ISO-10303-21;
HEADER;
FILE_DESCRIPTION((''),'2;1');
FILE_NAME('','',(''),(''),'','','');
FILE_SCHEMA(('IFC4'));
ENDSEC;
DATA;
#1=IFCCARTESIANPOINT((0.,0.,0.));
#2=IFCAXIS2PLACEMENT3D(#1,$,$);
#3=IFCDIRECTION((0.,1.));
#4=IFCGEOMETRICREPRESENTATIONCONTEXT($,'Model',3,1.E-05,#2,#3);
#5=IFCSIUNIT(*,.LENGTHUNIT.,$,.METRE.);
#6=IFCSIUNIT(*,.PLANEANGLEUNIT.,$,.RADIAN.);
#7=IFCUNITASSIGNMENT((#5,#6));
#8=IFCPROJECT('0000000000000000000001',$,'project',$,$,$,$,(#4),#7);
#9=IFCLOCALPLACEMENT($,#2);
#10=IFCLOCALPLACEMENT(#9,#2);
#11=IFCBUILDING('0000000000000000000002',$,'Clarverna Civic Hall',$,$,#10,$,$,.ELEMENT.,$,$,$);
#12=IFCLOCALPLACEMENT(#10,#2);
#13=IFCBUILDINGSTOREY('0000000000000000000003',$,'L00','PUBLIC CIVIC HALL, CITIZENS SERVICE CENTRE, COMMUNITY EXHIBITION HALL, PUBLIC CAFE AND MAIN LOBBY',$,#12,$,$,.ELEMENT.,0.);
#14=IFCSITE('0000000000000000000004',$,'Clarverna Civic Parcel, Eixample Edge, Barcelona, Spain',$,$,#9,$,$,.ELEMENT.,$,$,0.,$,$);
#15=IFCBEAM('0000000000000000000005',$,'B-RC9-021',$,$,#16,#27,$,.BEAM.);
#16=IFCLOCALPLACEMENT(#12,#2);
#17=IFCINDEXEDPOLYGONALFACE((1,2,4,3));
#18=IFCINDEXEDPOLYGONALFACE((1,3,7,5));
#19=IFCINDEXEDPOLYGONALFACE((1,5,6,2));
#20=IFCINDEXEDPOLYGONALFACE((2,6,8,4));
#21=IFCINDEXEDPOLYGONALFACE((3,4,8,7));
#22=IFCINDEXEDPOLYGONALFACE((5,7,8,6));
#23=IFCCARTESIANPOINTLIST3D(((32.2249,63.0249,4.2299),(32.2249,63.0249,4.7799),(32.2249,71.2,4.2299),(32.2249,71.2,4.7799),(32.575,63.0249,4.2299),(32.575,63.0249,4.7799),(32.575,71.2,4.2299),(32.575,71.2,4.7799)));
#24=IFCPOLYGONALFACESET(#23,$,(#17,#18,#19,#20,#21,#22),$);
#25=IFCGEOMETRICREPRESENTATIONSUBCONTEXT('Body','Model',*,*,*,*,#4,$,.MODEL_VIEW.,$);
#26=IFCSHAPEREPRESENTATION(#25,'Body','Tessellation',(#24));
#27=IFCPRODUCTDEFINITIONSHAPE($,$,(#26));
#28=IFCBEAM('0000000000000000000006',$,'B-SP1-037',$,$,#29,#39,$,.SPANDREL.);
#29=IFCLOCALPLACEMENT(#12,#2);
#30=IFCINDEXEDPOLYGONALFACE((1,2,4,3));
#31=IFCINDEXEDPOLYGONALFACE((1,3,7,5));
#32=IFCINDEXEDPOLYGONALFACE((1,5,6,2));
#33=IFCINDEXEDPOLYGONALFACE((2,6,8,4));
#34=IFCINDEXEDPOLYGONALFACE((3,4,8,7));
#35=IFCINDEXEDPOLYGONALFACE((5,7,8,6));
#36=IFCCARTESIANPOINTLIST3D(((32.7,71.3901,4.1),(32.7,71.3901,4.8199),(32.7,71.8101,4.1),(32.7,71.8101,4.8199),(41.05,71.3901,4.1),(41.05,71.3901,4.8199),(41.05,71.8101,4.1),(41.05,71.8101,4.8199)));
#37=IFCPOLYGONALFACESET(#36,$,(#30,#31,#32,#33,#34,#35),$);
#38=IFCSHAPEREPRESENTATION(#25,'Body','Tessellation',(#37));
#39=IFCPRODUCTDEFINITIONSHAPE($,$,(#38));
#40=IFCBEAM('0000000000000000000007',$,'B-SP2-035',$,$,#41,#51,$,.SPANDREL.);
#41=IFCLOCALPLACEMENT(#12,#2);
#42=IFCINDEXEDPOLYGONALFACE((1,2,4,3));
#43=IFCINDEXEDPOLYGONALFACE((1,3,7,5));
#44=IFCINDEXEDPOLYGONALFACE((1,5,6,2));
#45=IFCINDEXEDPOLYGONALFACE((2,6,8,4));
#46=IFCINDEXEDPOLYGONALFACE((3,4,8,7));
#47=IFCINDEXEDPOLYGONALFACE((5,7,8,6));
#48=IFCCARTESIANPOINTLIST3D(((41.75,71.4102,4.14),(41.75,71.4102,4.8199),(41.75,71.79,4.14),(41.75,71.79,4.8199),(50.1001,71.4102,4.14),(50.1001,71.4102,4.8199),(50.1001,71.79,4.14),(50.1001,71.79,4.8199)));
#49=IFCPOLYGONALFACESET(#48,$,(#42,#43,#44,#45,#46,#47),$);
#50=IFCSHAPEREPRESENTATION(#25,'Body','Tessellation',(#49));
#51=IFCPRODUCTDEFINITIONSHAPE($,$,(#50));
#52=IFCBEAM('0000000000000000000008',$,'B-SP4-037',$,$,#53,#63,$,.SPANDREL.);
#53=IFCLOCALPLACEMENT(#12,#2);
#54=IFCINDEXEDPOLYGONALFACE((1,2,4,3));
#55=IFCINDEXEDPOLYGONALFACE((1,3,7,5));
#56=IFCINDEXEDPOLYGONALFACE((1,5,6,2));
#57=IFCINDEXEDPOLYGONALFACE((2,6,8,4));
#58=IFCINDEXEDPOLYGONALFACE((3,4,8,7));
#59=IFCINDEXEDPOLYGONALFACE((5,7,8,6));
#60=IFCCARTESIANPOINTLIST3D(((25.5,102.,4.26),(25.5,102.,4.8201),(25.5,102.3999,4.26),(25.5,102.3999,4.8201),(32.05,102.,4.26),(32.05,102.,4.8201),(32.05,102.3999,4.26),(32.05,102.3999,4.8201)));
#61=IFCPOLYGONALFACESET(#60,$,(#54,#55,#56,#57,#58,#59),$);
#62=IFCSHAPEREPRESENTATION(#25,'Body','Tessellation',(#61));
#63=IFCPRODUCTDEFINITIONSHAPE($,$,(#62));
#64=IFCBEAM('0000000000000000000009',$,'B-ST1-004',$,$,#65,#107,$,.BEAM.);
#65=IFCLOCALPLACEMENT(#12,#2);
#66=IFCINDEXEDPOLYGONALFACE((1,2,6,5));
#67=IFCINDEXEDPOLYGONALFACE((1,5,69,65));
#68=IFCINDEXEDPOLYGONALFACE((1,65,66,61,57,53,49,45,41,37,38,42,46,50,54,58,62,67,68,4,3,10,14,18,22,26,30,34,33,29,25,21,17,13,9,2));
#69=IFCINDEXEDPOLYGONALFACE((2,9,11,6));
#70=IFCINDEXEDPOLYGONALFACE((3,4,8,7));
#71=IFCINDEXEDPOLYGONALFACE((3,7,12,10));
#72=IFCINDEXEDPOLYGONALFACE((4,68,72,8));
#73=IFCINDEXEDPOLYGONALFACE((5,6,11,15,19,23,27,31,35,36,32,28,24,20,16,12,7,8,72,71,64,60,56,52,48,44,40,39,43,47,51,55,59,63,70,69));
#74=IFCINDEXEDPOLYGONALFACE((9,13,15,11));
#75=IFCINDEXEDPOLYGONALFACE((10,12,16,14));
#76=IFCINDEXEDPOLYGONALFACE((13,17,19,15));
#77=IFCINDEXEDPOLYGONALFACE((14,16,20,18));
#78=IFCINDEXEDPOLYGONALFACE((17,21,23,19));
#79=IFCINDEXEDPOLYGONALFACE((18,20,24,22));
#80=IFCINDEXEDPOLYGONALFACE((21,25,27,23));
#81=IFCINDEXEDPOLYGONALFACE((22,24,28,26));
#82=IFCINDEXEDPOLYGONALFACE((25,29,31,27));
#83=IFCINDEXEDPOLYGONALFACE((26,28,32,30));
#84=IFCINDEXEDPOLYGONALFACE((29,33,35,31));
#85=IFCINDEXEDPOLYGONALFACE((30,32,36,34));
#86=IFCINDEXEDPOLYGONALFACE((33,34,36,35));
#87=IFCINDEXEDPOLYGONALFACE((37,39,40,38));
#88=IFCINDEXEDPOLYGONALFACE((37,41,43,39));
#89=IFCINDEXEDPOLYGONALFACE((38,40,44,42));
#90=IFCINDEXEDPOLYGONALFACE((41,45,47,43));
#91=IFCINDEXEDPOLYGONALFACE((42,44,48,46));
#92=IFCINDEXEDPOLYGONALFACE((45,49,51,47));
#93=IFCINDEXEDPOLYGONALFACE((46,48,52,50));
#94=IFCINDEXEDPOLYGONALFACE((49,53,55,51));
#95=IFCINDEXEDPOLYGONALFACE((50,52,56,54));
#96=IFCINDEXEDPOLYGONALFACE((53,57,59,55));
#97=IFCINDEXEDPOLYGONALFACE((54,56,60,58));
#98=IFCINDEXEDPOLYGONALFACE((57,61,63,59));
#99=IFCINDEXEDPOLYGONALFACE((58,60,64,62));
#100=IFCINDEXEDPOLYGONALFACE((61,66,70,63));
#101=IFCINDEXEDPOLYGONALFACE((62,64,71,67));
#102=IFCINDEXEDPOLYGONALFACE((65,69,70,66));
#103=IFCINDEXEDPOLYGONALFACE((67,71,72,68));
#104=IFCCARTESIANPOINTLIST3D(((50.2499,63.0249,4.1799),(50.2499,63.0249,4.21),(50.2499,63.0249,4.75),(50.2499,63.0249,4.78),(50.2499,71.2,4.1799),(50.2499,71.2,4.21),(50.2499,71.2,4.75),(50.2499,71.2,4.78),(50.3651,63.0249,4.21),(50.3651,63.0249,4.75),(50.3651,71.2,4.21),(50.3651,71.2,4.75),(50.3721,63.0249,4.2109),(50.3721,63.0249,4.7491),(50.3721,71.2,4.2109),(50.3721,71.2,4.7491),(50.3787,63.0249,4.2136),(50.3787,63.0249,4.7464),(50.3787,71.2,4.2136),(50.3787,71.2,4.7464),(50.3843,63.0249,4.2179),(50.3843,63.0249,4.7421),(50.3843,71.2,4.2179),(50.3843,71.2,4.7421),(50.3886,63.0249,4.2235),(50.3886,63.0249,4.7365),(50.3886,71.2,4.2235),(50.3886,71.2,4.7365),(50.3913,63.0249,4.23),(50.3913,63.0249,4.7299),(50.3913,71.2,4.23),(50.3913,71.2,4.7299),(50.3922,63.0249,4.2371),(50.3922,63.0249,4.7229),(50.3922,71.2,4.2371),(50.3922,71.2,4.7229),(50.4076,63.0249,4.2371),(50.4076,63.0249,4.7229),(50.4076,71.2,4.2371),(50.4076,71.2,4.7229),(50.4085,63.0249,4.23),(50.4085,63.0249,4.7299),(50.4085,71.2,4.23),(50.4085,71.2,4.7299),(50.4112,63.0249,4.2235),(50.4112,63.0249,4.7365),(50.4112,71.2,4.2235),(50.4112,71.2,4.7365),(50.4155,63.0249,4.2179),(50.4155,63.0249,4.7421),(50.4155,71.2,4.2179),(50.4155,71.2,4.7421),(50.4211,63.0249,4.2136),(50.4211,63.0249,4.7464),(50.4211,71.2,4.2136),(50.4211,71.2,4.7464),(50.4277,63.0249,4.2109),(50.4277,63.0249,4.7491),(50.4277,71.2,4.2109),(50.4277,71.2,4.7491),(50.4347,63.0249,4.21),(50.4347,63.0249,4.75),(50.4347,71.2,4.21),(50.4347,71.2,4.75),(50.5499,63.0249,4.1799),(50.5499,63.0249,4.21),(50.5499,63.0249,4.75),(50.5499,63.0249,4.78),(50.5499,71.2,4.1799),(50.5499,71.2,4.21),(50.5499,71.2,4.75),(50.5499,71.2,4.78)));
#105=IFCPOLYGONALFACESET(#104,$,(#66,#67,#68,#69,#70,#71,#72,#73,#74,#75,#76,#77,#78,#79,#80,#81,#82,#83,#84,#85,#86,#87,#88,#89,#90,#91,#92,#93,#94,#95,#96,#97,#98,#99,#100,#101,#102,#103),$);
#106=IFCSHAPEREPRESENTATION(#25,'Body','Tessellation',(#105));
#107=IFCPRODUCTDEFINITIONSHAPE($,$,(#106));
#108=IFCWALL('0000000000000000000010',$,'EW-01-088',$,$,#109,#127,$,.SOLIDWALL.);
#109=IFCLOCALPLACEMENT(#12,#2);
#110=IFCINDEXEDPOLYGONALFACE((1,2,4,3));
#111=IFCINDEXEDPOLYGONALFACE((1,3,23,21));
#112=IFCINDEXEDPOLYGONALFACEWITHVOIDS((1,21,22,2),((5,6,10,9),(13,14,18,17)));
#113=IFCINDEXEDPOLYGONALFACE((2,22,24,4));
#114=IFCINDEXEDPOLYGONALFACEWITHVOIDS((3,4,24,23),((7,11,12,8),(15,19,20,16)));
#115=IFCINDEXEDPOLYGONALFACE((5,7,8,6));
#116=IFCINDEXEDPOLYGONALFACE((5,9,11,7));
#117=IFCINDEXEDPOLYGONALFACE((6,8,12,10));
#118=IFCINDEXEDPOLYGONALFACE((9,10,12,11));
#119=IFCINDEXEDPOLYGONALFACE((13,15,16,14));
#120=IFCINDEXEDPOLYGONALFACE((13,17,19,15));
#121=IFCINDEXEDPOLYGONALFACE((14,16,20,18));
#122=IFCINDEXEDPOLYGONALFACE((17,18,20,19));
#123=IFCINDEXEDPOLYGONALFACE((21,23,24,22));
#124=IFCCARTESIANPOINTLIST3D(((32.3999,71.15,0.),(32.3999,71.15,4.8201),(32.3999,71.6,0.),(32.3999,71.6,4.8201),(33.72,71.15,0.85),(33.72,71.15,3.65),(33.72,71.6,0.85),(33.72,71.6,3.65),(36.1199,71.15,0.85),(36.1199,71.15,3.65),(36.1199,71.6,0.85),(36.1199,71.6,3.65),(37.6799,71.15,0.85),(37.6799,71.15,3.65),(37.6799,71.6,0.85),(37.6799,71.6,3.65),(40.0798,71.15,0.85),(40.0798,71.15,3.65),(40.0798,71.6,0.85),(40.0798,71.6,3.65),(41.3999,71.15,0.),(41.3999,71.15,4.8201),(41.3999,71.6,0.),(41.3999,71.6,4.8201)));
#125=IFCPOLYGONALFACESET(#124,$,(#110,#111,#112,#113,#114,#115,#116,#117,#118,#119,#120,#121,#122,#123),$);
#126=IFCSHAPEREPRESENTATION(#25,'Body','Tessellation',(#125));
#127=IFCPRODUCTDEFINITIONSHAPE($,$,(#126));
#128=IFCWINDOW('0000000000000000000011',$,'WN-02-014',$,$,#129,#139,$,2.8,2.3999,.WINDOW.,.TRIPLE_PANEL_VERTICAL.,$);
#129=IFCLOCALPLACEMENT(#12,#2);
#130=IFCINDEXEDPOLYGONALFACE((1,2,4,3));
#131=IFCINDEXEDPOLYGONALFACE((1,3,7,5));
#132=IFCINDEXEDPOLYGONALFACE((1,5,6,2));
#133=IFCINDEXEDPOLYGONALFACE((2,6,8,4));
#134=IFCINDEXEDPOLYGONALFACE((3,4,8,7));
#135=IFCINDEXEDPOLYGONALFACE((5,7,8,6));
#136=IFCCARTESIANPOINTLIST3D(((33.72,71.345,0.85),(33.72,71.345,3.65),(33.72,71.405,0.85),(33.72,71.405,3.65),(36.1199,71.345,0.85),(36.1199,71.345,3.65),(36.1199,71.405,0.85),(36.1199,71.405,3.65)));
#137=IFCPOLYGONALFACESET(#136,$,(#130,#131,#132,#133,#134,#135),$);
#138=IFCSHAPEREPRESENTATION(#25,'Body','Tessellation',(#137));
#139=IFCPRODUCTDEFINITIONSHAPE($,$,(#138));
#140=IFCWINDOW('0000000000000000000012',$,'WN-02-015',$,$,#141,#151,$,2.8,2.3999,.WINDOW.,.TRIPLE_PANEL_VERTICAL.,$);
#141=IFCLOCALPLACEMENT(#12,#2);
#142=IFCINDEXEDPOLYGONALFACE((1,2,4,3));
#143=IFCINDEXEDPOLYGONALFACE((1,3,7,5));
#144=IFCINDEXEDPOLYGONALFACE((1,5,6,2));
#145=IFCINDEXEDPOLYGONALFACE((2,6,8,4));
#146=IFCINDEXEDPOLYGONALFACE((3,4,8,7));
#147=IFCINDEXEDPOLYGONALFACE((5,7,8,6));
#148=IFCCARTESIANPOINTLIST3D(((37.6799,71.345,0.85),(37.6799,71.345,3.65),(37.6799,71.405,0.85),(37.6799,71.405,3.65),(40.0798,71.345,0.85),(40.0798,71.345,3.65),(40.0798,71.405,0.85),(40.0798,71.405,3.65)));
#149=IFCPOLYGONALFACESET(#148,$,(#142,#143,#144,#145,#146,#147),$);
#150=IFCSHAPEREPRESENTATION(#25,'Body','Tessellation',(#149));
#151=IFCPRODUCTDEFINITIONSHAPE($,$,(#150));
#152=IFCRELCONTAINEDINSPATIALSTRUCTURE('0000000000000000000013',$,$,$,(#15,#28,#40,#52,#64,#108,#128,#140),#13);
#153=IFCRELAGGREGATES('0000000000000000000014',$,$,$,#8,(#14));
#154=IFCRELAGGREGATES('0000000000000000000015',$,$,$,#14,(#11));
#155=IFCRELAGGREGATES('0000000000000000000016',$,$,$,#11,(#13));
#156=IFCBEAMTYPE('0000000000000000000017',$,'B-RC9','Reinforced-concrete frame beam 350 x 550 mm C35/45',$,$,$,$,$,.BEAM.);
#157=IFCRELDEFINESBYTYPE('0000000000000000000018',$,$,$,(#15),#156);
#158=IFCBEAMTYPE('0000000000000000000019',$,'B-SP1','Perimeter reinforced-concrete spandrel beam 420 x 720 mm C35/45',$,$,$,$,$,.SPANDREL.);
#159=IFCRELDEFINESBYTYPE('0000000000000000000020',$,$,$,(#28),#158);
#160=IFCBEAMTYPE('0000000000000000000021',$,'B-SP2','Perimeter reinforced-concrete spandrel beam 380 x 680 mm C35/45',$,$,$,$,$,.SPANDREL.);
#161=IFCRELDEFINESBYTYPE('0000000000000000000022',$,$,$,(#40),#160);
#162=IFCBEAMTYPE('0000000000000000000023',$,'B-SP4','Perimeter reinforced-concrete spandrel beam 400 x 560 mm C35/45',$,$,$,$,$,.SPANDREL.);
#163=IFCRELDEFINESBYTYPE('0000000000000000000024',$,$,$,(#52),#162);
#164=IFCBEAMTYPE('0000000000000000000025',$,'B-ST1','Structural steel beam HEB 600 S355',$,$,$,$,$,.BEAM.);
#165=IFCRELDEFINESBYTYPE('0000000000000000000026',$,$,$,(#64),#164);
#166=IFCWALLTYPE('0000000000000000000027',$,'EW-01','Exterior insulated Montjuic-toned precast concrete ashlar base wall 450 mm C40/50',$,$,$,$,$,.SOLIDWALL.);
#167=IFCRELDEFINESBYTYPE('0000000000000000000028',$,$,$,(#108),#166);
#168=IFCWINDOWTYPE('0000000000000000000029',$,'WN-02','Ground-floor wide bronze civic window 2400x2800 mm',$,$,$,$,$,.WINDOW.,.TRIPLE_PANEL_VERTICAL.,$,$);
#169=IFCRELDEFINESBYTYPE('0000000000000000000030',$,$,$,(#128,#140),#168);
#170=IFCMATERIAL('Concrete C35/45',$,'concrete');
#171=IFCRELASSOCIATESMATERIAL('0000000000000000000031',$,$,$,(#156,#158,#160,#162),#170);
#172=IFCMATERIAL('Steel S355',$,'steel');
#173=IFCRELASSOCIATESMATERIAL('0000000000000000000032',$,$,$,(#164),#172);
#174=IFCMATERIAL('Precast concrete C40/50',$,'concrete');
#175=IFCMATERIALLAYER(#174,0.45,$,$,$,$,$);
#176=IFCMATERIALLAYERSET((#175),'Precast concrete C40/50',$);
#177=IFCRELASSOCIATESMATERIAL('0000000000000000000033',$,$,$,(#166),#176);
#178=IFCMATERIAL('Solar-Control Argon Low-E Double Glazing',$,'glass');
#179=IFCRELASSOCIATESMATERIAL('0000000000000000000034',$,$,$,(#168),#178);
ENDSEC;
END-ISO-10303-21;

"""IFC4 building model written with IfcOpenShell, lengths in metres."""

from ifc_helpers import new_model, si_unit, direction, frame, frame_2d, origin, origin_2d, place, context, subcontext, project, spatial, rectangle, i_section, extrude, material, layer, layer_set, material_profile, profile_set, type_object, element, fill, save


model = new_model("IFC4")

# Units and contexts
model_context = context("Model", 3, precision=1e-05, world=origin(), true_north=direction((0.0, 1.0)))
body_context = subcontext(model_context, "Body", "Model", "MODEL_VIEW")
ifc_project = project(units=[si_unit("LENGTHUNIT", "METRE"), si_unit("PLANEANGLEUNIT", "RADIAN")], contexts=[model_context])

# Site, building, storey
site_placement = place(None, origin())
site = spatial("IfcSite", under=ifc_project, at=site_placement, Name="Clarverna Civic Parcel, Eixample Edge, Barcelona, Spain", CompositionType="ELEMENT", RefElevation=0.0)
building_placement = place(site_placement, origin())
building = spatial("IfcBuilding", under=site, at=building_placement, Name="Clarverna Civic Hall", CompositionType="ELEMENT")
storey_placement = place(building_placement, origin())
storey = spatial("IfcBuildingStorey", under=building, at=storey_placement, Name="L00", Description="PUBLIC CIVIC HALL, CITIZENS SERVICE CENTRE, COMMUNITY EXHIBITION HALL, PUBLIC CAFE AND MAIN LOBBY", CompositionType="ELEMENT", Elevation=0.0)

# Shared definitions
ifc_material_1 = material(Name="Concrete C35/45", Category="concrete")

# Beams
ifc_material_2 = material(Name="Steel S355", Category="steel")
ifc_material_profile_1 = material_profile(ifc_material_1, rectangle(XDim=0.3501, YDim=0.55, at=origin_2d()), Name="RC 350x550")
ifc_profile_set_1 = profile_set([ifc_material_profile_1], Name="Concrete C35/45")
beam_type_1 = type_object("IfcBeamType", Name="B-RC9", Description="Reinforced-concrete frame beam 350 x 550 mm C35/45", PredefinedType="BEAM", material=ifc_profile_set_1)
beam_1_placement = place(storey_placement, frame((32.3999, 63.0249, 4.5049), z_axis=(0.0, 1.0, 0.0), x_axis=(-1.0, 0.0, 0.0)))
element("IfcBeam", 1, at=beam_1_placement, inside=storey, type_object=beam_type_1, Name="B-RC9-021", PredefinedType="BEAM", context=body_context, shape_type="SweptSolid", body=[
    extrude(rectangle(XDim=0.3501, YDim=0.55, at=origin_2d()), origin(), (0.0, 0.0, 1.0), 8.175),
])
ifc_material_profile_2 = material_profile(ifc_material_1, rectangle(XDim=0.4199, YDim=0.72, at=origin_2d()), Name="RC 420x720")
ifc_profile_set_2 = profile_set([ifc_material_profile_2], Name="Concrete C35/45")
beam_type_2 = type_object("IfcBeamType", Name="B-SP1", Description="Perimeter reinforced-concrete spandrel beam 420 x 720 mm C35/45", PredefinedType="SPANDREL", material=ifc_profile_set_2)
beam_2_placement = place(storey_placement, frame((32.7, 71.6001, 4.46), z_axis=(1.0, 0.0, 0.0), x_axis=(0.0, 1.0, 0.0)))
element("IfcBeam", 2, at=beam_2_placement, inside=storey, type_object=beam_type_2, Name="B-SP1-037", PredefinedType="SPANDREL", context=body_context, shape_type="SweptSolid", body=[
    extrude(rectangle(XDim=0.4199, YDim=0.72, at=origin_2d()), origin(), (0.0, 0.0, 1.0), 8.3501),
])
ifc_material_profile_3 = material_profile(ifc_material_1, rectangle(XDim=0.3799, YDim=0.6799, at=origin_2d()), Name="RC 380x680")
ifc_profile_set_3 = profile_set([ifc_material_profile_3], Name="Concrete C35/45")
beam_type_3 = type_object("IfcBeamType", Name="B-SP2", Description="Perimeter reinforced-concrete spandrel beam 380 x 680 mm C35/45", PredefinedType="SPANDREL", material=ifc_profile_set_3)
beam_3_placement = place(storey_placement, frame((41.75, 71.6001, 4.48), z_axis=(1.0, 0.0, 0.0), x_axis=(0.0, 1.0, 0.0)))
element("IfcBeam", 3, at=beam_3_placement, inside=storey, type_object=beam_type_3, Name="B-SP2-035", PredefinedType="SPANDREL", context=body_context, shape_type="SweptSolid", body=[
    extrude(rectangle(XDim=0.3799, YDim=0.6799, at=origin_2d()), origin(), (0.0, 0.0, 1.0), 8.3501),
])
ifc_material_profile_4 = material_profile(ifc_material_1, rectangle(XDim=0.3999, YDim=0.5601, at=origin_2d()), Name="RC 400x560")
ifc_profile_set_4 = profile_set([ifc_material_profile_4], Name="Concrete C35/45")
beam_type_4 = type_object("IfcBeamType", Name="B-SP4", Description="Perimeter reinforced-concrete spandrel beam 400 x 560 mm C35/45", PredefinedType="SPANDREL", material=ifc_profile_set_4)
beam_4_placement = place(storey_placement, frame((25.5, 102.2, 4.54), z_axis=(1.0, 0.0, 0.0), x_axis=(0.0, 1.0, 0.0)))
element("IfcBeam", 4, at=beam_4_placement, inside=storey, type_object=beam_type_4, Name="B-SP4-037", PredefinedType="SPANDREL", context=body_context, shape_type="SweptSolid", body=[
    extrude(rectangle(XDim=0.3999, YDim=0.5601, at=origin_2d()), origin(), (0.0, 0.0, 1.0), 6.55),
])
ifc_material_profile_5 = material_profile(ifc_material_2, i_section(OverallWidth=0.3, OverallDepth=0.6001, WebThickness=0.0154, FlangeThickness=0.03, FilletRadius=0.0271, at=origin_2d()), Name="HEB 600")
ifc_profile_set_5 = profile_set([ifc_material_profile_5], Name="Steel S355")
beam_type_5 = type_object("IfcBeamType", Name="B-ST1", Description="Structural steel beam HEB 600 S355", PredefinedType="BEAM", material=ifc_profile_set_5)
beam_5_placement = place(storey_placement, frame((50.3999, 63.0249, 4.48), z_axis=(0.0, 1.0, 0.0), x_axis=(-1.0, 0.0, 0.0)))
element("IfcBeam", 5, at=beam_5_placement, inside=storey, type_object=beam_type_5, Name="B-ST1-004", PredefinedType="BEAM", context=body_context, shape_type="SweptSolid", body=[
    extrude(i_section(OverallWidth=0.3, OverallDepth=0.6001, WebThickness=0.0154, FlangeThickness=0.03, FilletRadius=0.0271, at=origin_2d()), origin(), (0.0, 0.0, 1.0), 8.175),
])

# Wall, openings, windows
ifc_material_3 = material(Name="Precast concrete C40/50", Category="concrete")
ifc_layer = layer(ifc_material_3, 0.45)
ifc_layer_set = layer_set([ifc_layer], Name="Precast concrete C40/50")
wall_type = type_object("IfcWallType", Name="EW-01", Description="Exterior insulated Montjuic-toned precast concrete ashlar base wall 450 mm C40/50", PredefinedType="SOLIDWALL", material=ifc_layer_set)
wall_1_placement = place(storey_placement, frame((32.3999, 71.375, 0.0), z_axis=(0.0, 0.0, 1.0), x_axis=(1.0, 0.0, 0.0)))
wall_1 = element("IfcWall", 6, at=wall_1_placement, inside=storey, type_object=wall_type, Name="EW-01-088", PredefinedType="SOLIDWALL", context=body_context, shape_type="SweptSolid", body=[
    extrude(rectangle(XDim=9.0, YDim=0.45, at=frame_2d((4.5, 0.0))), origin(), (0.0, 0.0, 1.0), 4.8201),
])
opening_1_placement = place(wall_1_placement, frame((1.3201, 0.0, 0.8501)))
opening_1 = element("IfcOpeningElement", 7, at=opening_1_placement, cuts=wall_1, PredefinedType="OPENING", context=body_context, shape_type="SweptSolid", body=[
    extrude(rectangle(XDim=2.3999, YDim=2.8, at=frame_2d((1.2, 1.3999))), frame((0.0, 0.2349, 0.0), z_axis=(0.0, -1.0, 0.0), x_axis=(1.0, 0.0, 0.0)), (0.0, 0.0, 1.0), 0.47),
])
opening_2_placement = place(wall_1_placement, frame((5.28, 0.0, 0.8501)))
opening_2 = element("IfcOpeningElement", 8, at=opening_2_placement, cuts=wall_1, PredefinedType="OPENING", context=body_context, shape_type="SweptSolid", body=[
    extrude(rectangle(XDim=2.3999, YDim=2.8, at=frame_2d((1.2, 1.3999))), frame((0.0, 0.2349, 0.0), z_axis=(0.0, -1.0, 0.0), x_axis=(1.0, 0.0, 0.0)), (0.0, 0.0, 1.0), 0.47),
])
ifc_material_4 = material(Name="Solar-Control Argon Low-E Double Glazing", Category="glass")
window_type_1 = type_object("IfcWindowType", Name="WN-02", Description="Ground-floor wide bronze civic window 2400x2800 mm", PartitioningType="TRIPLE_PANEL_VERTICAL", PredefinedType="WINDOW", material=ifc_material_4)
window_1_placement = place(opening_1_placement, origin())
window_1 = element("IfcWindow", 9, at=window_1_placement, inside=storey, type_object=window_type_1, Name="WN-02-014", OverallHeight=2.8, OverallWidth=2.3999, PartitioningType="TRIPLE_PANEL_VERTICAL", PredefinedType="WINDOW", context=body_context, shape_type="SweptSolid", body=[
    extrude(rectangle(XDim=2.3999, YDim=2.8, at=frame_2d((1.2, 1.3999))), frame((0.0, 0.03, 0.0), z_axis=(0.0, -1.0, 0.0), x_axis=(1.0, 0.0, 0.0)), (0.0, 0.0, 1.0), 0.0601),
])
fill(opening_1, window_1)
window_2_placement = place(opening_2_placement, origin())
window_2 = element("IfcWindow", 10, at=window_2_placement, inside=storey, type_object=window_type_1, Name="WN-02-015", OverallHeight=2.8, OverallWidth=2.3999, PartitioningType="TRIPLE_PANEL_VERTICAL", PredefinedType="WINDOW", context=body_context, shape_type="SweptSolid", body=[
    extrude(rectangle(XDim=2.3999, YDim=2.8, at=frame_2d((1.2, 1.3999))), frame((0.0, 0.03, 0.0), z_axis=(0.0, -1.0, 0.0), x_axis=(1.0, 0.0, 0.0)), (0.0, 0.0, 1.0), 0.0601),
])
fill(opening_2, window_2)

save(model, "model.ifc")
